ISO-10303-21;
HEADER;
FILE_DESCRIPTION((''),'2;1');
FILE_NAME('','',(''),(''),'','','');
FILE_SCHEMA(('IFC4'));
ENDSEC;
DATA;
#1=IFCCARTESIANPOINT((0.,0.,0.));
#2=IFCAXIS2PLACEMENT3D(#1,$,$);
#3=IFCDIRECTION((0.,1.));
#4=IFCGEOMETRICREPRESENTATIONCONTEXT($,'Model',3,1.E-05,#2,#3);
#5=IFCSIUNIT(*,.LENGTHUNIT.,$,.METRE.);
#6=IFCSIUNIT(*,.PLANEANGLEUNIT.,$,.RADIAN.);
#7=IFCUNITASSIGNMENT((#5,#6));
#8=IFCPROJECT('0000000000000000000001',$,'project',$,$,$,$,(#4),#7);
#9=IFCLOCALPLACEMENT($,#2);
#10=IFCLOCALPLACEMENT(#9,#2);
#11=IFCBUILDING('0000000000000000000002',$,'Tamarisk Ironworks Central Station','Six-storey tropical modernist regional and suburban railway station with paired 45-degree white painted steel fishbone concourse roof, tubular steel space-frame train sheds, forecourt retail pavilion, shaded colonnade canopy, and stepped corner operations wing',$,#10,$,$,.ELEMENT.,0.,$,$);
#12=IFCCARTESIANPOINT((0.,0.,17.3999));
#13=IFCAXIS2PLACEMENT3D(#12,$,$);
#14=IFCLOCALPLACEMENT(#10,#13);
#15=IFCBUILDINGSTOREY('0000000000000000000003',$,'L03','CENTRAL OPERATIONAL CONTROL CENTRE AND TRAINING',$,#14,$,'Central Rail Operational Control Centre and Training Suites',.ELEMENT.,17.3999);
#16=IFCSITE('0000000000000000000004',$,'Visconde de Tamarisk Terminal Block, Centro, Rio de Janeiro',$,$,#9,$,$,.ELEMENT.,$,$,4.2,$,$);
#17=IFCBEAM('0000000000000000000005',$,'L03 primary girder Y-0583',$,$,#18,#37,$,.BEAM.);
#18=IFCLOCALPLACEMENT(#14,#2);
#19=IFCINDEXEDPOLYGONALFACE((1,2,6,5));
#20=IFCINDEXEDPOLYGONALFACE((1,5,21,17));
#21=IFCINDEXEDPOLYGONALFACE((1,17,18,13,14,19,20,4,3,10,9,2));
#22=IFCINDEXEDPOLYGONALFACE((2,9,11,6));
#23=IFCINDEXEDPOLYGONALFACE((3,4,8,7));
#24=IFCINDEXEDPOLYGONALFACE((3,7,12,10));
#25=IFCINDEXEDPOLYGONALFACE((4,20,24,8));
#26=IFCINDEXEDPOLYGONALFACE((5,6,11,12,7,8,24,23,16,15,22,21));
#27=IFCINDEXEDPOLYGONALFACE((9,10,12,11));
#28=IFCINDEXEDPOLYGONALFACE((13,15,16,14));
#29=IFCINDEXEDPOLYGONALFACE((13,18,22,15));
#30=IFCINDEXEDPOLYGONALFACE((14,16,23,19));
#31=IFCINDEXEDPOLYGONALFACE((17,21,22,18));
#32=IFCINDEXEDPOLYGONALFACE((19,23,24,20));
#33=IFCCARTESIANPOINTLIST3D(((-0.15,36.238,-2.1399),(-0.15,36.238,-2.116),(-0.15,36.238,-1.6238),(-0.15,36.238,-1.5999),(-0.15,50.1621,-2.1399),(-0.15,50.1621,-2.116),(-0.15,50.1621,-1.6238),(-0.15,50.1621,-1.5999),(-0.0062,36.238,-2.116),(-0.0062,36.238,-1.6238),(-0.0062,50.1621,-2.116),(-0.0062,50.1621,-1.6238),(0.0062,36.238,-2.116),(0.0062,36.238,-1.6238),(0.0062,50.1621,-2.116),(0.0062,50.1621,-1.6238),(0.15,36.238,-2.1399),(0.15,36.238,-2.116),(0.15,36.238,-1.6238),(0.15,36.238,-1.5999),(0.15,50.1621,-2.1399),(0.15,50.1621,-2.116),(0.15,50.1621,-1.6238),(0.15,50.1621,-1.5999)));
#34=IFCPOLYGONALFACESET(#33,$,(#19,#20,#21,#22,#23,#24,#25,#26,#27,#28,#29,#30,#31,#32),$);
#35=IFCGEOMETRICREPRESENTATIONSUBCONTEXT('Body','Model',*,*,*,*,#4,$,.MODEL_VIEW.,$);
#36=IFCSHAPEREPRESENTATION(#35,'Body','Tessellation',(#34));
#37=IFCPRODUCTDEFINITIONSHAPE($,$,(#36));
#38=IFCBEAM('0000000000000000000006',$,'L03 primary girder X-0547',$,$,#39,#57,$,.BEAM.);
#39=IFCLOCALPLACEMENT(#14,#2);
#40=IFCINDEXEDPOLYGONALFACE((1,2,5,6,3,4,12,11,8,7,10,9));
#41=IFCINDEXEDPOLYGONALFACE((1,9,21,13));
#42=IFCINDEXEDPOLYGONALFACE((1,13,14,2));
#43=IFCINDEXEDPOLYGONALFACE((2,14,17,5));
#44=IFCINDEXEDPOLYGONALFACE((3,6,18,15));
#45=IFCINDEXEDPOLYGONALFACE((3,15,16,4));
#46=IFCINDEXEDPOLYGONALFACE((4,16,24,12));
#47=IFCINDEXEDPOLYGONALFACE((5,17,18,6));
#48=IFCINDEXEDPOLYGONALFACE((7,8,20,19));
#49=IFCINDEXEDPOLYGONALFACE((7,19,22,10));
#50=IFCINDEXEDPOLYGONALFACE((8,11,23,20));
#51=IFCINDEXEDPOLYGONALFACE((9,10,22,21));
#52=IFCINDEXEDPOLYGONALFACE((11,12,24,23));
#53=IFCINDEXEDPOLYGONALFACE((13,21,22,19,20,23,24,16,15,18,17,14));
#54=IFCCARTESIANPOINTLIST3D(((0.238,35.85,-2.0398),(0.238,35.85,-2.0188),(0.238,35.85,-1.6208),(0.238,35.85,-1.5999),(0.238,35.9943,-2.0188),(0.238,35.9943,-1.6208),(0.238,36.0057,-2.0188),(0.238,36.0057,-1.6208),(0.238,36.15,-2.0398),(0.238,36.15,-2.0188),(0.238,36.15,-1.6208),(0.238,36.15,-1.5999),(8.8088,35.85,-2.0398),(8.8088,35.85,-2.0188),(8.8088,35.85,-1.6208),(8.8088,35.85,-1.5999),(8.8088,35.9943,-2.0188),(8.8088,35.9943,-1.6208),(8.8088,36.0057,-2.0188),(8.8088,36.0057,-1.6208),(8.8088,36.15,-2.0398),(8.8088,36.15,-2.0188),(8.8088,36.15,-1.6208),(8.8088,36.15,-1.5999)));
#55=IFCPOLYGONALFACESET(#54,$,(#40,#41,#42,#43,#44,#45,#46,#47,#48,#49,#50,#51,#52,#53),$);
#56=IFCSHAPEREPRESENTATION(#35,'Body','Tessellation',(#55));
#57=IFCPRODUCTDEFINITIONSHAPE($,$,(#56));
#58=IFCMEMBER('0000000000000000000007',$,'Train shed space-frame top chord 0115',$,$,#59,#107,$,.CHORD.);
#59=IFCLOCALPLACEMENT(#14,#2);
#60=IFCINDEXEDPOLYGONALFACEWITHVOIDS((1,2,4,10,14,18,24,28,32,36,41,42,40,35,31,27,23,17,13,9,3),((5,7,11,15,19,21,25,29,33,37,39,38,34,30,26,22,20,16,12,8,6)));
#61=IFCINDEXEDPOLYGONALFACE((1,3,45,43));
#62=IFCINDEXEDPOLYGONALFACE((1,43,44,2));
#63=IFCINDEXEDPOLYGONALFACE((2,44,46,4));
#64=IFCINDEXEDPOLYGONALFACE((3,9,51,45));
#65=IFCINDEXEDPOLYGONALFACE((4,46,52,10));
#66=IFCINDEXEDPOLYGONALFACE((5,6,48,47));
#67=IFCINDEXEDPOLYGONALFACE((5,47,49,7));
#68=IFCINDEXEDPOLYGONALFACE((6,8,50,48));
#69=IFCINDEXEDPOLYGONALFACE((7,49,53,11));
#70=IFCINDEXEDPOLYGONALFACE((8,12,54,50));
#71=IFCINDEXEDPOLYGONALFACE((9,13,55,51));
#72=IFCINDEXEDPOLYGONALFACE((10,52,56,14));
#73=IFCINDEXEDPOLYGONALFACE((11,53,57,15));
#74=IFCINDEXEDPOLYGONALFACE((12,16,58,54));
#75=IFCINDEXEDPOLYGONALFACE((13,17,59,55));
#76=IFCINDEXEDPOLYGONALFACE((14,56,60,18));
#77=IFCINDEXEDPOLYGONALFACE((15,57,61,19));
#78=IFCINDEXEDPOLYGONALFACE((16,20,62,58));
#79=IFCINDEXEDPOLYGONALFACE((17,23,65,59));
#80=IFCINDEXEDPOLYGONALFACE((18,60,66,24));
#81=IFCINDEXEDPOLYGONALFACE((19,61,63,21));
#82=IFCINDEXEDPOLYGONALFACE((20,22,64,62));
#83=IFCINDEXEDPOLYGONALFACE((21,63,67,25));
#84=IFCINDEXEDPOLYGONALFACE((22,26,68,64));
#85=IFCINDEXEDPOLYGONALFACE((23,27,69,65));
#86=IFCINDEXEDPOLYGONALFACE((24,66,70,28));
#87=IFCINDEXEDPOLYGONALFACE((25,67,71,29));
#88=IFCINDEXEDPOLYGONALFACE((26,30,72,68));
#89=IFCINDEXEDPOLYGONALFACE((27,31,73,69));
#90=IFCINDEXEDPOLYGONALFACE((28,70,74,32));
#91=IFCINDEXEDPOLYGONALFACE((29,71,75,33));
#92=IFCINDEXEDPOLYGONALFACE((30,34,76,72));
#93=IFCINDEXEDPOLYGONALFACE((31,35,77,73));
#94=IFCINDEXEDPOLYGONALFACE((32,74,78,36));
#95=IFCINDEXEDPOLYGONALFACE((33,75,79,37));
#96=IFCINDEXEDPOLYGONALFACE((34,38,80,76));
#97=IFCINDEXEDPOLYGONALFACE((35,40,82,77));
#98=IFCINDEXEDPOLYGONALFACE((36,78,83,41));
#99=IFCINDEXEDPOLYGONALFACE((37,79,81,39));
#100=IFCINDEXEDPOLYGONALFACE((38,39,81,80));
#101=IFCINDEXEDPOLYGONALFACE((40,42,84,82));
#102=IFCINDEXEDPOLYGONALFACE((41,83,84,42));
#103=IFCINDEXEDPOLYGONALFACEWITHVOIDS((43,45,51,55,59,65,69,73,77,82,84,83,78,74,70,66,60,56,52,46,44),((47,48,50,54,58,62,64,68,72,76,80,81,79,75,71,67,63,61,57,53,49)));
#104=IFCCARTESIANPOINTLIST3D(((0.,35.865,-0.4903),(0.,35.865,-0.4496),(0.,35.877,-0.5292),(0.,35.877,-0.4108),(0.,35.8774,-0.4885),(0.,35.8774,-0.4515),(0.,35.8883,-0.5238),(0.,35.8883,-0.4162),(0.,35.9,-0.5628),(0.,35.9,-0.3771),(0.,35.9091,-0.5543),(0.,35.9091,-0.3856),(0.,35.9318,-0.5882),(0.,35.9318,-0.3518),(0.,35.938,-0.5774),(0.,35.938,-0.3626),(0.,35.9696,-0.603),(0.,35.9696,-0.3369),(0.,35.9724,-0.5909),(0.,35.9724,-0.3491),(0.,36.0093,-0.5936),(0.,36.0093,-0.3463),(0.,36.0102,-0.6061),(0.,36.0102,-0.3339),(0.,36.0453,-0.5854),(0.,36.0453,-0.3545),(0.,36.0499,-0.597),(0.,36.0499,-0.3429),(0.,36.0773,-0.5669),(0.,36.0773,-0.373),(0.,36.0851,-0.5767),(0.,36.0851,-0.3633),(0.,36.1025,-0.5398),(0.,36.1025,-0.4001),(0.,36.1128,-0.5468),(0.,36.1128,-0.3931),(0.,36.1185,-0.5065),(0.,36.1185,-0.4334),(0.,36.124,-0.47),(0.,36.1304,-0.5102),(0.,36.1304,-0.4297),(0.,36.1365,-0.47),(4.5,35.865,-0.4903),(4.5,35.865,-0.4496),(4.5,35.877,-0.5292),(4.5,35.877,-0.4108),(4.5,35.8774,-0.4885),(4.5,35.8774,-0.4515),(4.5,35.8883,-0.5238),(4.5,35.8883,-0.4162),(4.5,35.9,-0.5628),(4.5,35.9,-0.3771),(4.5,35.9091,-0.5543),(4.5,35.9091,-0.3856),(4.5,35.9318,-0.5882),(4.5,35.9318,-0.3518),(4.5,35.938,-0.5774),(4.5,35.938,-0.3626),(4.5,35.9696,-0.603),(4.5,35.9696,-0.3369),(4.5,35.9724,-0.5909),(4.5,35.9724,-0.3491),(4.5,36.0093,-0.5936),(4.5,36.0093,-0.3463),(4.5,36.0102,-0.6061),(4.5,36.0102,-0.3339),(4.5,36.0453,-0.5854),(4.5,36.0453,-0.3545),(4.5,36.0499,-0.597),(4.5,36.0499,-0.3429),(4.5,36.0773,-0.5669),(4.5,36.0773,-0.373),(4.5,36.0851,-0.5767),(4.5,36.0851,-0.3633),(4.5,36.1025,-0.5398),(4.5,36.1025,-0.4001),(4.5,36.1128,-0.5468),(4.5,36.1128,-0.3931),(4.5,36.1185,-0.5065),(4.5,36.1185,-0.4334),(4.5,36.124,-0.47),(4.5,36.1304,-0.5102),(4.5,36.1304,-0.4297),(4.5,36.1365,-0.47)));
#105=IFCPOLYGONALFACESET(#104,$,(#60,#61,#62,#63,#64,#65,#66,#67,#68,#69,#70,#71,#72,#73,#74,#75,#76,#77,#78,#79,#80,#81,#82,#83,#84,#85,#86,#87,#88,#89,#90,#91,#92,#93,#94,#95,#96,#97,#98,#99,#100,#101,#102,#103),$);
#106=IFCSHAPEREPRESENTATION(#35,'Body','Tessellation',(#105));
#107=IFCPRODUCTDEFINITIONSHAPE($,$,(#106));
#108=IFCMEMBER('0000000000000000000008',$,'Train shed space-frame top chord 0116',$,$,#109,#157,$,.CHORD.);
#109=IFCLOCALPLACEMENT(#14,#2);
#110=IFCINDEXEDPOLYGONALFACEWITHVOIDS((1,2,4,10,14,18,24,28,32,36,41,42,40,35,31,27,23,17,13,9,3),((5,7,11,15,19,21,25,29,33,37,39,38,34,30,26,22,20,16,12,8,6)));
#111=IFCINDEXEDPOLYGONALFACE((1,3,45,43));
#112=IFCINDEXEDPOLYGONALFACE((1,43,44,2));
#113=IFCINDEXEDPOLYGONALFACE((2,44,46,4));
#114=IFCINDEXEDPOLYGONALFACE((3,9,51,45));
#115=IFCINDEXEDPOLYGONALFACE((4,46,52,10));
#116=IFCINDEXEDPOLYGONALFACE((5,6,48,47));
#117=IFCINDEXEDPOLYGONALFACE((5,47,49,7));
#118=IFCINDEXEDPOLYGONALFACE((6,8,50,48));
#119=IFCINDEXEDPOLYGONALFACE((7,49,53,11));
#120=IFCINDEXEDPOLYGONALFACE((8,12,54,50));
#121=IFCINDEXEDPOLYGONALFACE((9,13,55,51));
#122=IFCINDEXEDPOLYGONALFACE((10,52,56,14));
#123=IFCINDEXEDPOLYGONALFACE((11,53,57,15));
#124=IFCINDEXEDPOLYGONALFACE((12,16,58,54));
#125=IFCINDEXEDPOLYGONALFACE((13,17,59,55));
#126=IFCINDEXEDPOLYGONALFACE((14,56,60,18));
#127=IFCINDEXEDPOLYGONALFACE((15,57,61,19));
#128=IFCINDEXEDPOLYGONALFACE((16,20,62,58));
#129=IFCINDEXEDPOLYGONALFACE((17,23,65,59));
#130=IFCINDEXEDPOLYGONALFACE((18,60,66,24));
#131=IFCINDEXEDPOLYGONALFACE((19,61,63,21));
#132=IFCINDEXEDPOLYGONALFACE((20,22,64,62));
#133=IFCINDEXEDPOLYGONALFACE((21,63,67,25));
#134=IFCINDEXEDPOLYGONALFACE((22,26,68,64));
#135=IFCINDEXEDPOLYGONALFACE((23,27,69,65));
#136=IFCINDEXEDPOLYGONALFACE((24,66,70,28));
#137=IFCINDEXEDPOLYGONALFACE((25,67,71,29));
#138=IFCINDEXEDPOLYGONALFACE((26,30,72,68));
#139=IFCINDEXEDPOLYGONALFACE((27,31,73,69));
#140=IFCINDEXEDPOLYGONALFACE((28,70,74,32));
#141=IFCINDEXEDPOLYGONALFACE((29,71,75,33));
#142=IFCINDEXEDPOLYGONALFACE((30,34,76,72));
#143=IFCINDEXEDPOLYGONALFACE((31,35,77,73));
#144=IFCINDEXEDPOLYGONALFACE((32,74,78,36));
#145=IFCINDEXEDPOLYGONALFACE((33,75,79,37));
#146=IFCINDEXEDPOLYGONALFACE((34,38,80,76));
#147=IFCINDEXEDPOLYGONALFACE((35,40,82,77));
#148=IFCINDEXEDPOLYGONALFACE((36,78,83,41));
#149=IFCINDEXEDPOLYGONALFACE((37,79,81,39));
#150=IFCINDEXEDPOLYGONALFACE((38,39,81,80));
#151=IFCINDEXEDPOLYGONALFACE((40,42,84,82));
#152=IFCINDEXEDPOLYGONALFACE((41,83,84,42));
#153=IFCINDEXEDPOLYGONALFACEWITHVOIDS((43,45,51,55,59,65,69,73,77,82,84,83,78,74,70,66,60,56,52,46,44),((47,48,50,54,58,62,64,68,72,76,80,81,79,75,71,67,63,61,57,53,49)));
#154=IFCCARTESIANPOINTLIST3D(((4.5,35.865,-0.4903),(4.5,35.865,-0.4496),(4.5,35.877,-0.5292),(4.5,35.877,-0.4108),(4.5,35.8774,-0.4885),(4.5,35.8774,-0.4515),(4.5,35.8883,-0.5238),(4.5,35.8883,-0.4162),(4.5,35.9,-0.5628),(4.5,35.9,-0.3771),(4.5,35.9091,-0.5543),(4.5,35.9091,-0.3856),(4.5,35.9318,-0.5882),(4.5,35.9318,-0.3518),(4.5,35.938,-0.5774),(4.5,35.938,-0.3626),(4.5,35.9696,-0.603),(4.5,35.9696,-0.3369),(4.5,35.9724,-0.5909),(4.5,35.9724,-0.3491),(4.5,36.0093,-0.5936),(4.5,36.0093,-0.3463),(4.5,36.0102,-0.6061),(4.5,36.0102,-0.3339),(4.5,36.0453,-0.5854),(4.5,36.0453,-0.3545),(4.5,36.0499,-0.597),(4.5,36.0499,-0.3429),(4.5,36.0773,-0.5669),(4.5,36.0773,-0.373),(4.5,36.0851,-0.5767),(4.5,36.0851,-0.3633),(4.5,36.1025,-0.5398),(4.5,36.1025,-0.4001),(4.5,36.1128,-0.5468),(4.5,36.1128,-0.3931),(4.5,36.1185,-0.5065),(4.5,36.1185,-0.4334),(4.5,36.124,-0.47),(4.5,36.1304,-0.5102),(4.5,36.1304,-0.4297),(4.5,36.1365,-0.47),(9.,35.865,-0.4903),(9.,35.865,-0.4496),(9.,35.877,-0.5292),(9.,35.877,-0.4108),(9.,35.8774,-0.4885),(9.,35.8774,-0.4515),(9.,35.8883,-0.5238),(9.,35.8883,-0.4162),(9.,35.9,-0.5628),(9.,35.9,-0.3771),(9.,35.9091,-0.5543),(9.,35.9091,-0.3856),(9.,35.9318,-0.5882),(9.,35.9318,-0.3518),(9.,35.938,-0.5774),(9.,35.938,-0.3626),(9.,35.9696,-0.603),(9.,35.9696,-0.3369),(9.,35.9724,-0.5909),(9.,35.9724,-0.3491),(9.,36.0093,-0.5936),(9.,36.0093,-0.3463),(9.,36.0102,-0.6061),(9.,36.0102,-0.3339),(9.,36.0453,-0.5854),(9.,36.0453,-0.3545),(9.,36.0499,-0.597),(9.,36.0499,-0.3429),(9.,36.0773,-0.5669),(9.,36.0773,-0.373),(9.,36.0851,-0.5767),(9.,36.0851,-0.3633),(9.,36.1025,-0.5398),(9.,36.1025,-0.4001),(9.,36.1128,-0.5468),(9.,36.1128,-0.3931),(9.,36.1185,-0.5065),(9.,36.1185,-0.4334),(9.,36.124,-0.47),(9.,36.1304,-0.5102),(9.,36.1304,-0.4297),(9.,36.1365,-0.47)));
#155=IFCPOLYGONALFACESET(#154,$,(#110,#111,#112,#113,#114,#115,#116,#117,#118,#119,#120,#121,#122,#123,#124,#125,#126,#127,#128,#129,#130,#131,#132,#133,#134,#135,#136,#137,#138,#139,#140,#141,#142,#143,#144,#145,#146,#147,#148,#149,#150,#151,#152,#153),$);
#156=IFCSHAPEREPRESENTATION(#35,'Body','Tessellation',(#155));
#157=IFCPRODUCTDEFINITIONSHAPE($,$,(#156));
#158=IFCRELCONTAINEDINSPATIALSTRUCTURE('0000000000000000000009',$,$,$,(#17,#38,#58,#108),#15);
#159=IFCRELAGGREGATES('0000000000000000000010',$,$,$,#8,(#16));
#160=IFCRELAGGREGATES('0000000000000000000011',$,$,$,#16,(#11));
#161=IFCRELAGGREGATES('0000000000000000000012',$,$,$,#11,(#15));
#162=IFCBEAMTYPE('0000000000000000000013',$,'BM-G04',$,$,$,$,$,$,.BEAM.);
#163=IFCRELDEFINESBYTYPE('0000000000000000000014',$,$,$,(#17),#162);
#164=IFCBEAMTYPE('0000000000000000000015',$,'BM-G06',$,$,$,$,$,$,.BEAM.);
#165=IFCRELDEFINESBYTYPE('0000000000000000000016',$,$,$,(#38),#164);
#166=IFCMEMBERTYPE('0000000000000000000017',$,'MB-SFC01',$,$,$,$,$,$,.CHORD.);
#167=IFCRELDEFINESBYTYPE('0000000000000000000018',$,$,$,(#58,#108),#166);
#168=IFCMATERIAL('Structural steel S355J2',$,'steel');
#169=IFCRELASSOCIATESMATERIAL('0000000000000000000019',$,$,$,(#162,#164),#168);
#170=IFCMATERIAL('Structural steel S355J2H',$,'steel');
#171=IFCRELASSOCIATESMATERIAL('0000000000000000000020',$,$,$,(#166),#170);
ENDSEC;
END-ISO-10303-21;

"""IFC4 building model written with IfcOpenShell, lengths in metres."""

from ifc_helpers import new_model, si_unit, direction, frame, origin, origin_2d, place, context, subcontext, project, spatial, hollow_circle, i_section, extrude, material, material_profile, profile_set, type_object, element, save


model = new_model("IFC4")

# Units and contexts
model_context = context("Model", 3, precision=1e-05, world=origin(), true_north=direction((0.0, 1.0)))
body_context = subcontext(model_context, "Body", "Model", "MODEL_VIEW")
ifc_project = project(units=[si_unit("LENGTHUNIT", "METRE"), si_unit("PLANEANGLEUNIT", "RADIAN")], contexts=[model_context])

# Site, building, storey
site_placement = place(None, origin())
site = spatial("IfcSite", under=ifc_project, at=site_placement, Name="Visconde de Tamarisk Terminal Block, Centro, Rio de Janeiro", CompositionType="ELEMENT", RefElevation=4.2)
building_placement = place(site_placement, origin())
building = spatial("IfcBuilding", under=site, at=building_placement, Name="Tamarisk Ironworks Central Station", Description="Six-storey tropical modernist regional and suburban railway station with paired 45-degree white painted steel fishbone concourse roof, tubular steel space-frame train sheds, forecourt retail pavilion, shaded colonnade canopy, and stepped corner operations wing", CompositionType="ELEMENT", ElevationOfRefHeight=0.0)
storey_placement = place(building_placement, frame((0.0, 0.0, 17.3999)))
storey = spatial("IfcBuildingStorey", under=building, at=storey_placement, Name="L03", Description="CENTRAL OPERATIONAL CONTROL CENTRE AND TRAINING", LongName="Central Rail Operational Control Centre and Training Suites", CompositionType="ELEMENT", Elevation=17.3999)

# Beams
ifc_material_1 = material(Name="Structural steel S355J2", Category="steel")
ifc_material_profile_1 = material_profile(ifc_material_1, i_section(OverallWidth=0.3, OverallDepth=0.54, WebThickness=0.0125, FlangeThickness=0.0239, at=origin_2d()), Name="HEA 550")
ifc_profile_set_1 = profile_set([ifc_material_profile_1], Name="Structural steel S355J2")
beam_type_1 = type_object("IfcBeamType", Name="BM-G04", PredefinedType="BEAM", material=ifc_profile_set_1)
beam_1_placement = place(storey_placement, frame((0.0, 36.238, -1.8699), z_axis=(0.0, 1.0, 0.0), x_axis=(-1.0, 0.0, 0.0)))
element("IfcBeam", 1, at=beam_1_placement, inside=storey, type_object=beam_type_1, Name="L03 primary girder Y-0583", PredefinedType="BEAM", context=body_context, shape_type="SweptSolid", body=[
    extrude(i_section(OverallWidth=0.3, OverallDepth=0.54, WebThickness=0.0125, FlangeThickness=0.0239, at=origin_2d()), origin(), (0.0, 0.0, 1.0), 13.9241),
])
ifc_material_profile_2 = material_profile(ifc_material_1, i_section(OverallWidth=0.3, OverallDepth=0.4399, WebThickness=0.0115, FlangeThickness=0.021, at=origin_2d()), Name="HEA 450")
ifc_profile_set_2 = profile_set([ifc_material_profile_2], Name="Structural steel S355J2")
beam_type_2 = type_object("IfcBeamType", Name="BM-G06", PredefinedType="BEAM", material=ifc_profile_set_2)
beam_2_placement = place(storey_placement, frame((0.238, 36.0, -1.8198), z_axis=(1.0, 0.0, 0.0), x_axis=(0.0, 1.0, 0.0)))
element("IfcBeam", 2, at=beam_2_placement, inside=storey, type_object=beam_type_2, Name="L03 primary girder X-0547", PredefinedType="BEAM", context=body_context, shape_type="SweptSolid", body=[
    extrude(i_section(OverallWidth=0.3, OverallDepth=0.4399, WebThickness=0.0115, FlangeThickness=0.021, at=origin_2d()), origin(), (0.0, 0.0, 1.0), 8.5708),
])

# Members
ifc_material_2 = material(Name="Structural steel S355J2H", Category="steel")
ifc_material_profile_3 = material_profile(ifc_material_2, hollow_circle(Radius=0.1365, WallThickness=0.0125, at=origin_2d()), Name="CHS 273x12.5")
ifc_profile_set_3 = profile_set([ifc_material_profile_3], Name="Structural steel S355J2H")
member_type_1 = type_object("IfcMemberType", Name="MB-SFC01", PredefinedType="CHORD", material=ifc_profile_set_3)
for number, where, z_axis, x_axis, name in (
    (3, (0.0, 36.0, -0.47), (1.0, 0.0, 0.0), (0.0, 1.0, 0.0), "Train shed space-frame top chord 0115"),
    (4, (4.5, 36.0, -0.47), (1.0, 0.0, 0.0), (0.0, 1.0, 0.0), "Train shed space-frame top chord 0116"),
):
    element("IfcMember", number, at=place(storey_placement, frame(where, z_axis=z_axis, x_axis=x_axis)), inside=storey, type_object=member_type_1, Name=name, PredefinedType="CHORD", context=body_context, shape_type="SweptSolid", body=[
        extrude(hollow_circle(Radius=0.1365, WallThickness=0.0125, at=origin_2d()), origin(), (0.0, 0.0, 1.0), 4.5),
    ])

save(model, "model.ifc")
